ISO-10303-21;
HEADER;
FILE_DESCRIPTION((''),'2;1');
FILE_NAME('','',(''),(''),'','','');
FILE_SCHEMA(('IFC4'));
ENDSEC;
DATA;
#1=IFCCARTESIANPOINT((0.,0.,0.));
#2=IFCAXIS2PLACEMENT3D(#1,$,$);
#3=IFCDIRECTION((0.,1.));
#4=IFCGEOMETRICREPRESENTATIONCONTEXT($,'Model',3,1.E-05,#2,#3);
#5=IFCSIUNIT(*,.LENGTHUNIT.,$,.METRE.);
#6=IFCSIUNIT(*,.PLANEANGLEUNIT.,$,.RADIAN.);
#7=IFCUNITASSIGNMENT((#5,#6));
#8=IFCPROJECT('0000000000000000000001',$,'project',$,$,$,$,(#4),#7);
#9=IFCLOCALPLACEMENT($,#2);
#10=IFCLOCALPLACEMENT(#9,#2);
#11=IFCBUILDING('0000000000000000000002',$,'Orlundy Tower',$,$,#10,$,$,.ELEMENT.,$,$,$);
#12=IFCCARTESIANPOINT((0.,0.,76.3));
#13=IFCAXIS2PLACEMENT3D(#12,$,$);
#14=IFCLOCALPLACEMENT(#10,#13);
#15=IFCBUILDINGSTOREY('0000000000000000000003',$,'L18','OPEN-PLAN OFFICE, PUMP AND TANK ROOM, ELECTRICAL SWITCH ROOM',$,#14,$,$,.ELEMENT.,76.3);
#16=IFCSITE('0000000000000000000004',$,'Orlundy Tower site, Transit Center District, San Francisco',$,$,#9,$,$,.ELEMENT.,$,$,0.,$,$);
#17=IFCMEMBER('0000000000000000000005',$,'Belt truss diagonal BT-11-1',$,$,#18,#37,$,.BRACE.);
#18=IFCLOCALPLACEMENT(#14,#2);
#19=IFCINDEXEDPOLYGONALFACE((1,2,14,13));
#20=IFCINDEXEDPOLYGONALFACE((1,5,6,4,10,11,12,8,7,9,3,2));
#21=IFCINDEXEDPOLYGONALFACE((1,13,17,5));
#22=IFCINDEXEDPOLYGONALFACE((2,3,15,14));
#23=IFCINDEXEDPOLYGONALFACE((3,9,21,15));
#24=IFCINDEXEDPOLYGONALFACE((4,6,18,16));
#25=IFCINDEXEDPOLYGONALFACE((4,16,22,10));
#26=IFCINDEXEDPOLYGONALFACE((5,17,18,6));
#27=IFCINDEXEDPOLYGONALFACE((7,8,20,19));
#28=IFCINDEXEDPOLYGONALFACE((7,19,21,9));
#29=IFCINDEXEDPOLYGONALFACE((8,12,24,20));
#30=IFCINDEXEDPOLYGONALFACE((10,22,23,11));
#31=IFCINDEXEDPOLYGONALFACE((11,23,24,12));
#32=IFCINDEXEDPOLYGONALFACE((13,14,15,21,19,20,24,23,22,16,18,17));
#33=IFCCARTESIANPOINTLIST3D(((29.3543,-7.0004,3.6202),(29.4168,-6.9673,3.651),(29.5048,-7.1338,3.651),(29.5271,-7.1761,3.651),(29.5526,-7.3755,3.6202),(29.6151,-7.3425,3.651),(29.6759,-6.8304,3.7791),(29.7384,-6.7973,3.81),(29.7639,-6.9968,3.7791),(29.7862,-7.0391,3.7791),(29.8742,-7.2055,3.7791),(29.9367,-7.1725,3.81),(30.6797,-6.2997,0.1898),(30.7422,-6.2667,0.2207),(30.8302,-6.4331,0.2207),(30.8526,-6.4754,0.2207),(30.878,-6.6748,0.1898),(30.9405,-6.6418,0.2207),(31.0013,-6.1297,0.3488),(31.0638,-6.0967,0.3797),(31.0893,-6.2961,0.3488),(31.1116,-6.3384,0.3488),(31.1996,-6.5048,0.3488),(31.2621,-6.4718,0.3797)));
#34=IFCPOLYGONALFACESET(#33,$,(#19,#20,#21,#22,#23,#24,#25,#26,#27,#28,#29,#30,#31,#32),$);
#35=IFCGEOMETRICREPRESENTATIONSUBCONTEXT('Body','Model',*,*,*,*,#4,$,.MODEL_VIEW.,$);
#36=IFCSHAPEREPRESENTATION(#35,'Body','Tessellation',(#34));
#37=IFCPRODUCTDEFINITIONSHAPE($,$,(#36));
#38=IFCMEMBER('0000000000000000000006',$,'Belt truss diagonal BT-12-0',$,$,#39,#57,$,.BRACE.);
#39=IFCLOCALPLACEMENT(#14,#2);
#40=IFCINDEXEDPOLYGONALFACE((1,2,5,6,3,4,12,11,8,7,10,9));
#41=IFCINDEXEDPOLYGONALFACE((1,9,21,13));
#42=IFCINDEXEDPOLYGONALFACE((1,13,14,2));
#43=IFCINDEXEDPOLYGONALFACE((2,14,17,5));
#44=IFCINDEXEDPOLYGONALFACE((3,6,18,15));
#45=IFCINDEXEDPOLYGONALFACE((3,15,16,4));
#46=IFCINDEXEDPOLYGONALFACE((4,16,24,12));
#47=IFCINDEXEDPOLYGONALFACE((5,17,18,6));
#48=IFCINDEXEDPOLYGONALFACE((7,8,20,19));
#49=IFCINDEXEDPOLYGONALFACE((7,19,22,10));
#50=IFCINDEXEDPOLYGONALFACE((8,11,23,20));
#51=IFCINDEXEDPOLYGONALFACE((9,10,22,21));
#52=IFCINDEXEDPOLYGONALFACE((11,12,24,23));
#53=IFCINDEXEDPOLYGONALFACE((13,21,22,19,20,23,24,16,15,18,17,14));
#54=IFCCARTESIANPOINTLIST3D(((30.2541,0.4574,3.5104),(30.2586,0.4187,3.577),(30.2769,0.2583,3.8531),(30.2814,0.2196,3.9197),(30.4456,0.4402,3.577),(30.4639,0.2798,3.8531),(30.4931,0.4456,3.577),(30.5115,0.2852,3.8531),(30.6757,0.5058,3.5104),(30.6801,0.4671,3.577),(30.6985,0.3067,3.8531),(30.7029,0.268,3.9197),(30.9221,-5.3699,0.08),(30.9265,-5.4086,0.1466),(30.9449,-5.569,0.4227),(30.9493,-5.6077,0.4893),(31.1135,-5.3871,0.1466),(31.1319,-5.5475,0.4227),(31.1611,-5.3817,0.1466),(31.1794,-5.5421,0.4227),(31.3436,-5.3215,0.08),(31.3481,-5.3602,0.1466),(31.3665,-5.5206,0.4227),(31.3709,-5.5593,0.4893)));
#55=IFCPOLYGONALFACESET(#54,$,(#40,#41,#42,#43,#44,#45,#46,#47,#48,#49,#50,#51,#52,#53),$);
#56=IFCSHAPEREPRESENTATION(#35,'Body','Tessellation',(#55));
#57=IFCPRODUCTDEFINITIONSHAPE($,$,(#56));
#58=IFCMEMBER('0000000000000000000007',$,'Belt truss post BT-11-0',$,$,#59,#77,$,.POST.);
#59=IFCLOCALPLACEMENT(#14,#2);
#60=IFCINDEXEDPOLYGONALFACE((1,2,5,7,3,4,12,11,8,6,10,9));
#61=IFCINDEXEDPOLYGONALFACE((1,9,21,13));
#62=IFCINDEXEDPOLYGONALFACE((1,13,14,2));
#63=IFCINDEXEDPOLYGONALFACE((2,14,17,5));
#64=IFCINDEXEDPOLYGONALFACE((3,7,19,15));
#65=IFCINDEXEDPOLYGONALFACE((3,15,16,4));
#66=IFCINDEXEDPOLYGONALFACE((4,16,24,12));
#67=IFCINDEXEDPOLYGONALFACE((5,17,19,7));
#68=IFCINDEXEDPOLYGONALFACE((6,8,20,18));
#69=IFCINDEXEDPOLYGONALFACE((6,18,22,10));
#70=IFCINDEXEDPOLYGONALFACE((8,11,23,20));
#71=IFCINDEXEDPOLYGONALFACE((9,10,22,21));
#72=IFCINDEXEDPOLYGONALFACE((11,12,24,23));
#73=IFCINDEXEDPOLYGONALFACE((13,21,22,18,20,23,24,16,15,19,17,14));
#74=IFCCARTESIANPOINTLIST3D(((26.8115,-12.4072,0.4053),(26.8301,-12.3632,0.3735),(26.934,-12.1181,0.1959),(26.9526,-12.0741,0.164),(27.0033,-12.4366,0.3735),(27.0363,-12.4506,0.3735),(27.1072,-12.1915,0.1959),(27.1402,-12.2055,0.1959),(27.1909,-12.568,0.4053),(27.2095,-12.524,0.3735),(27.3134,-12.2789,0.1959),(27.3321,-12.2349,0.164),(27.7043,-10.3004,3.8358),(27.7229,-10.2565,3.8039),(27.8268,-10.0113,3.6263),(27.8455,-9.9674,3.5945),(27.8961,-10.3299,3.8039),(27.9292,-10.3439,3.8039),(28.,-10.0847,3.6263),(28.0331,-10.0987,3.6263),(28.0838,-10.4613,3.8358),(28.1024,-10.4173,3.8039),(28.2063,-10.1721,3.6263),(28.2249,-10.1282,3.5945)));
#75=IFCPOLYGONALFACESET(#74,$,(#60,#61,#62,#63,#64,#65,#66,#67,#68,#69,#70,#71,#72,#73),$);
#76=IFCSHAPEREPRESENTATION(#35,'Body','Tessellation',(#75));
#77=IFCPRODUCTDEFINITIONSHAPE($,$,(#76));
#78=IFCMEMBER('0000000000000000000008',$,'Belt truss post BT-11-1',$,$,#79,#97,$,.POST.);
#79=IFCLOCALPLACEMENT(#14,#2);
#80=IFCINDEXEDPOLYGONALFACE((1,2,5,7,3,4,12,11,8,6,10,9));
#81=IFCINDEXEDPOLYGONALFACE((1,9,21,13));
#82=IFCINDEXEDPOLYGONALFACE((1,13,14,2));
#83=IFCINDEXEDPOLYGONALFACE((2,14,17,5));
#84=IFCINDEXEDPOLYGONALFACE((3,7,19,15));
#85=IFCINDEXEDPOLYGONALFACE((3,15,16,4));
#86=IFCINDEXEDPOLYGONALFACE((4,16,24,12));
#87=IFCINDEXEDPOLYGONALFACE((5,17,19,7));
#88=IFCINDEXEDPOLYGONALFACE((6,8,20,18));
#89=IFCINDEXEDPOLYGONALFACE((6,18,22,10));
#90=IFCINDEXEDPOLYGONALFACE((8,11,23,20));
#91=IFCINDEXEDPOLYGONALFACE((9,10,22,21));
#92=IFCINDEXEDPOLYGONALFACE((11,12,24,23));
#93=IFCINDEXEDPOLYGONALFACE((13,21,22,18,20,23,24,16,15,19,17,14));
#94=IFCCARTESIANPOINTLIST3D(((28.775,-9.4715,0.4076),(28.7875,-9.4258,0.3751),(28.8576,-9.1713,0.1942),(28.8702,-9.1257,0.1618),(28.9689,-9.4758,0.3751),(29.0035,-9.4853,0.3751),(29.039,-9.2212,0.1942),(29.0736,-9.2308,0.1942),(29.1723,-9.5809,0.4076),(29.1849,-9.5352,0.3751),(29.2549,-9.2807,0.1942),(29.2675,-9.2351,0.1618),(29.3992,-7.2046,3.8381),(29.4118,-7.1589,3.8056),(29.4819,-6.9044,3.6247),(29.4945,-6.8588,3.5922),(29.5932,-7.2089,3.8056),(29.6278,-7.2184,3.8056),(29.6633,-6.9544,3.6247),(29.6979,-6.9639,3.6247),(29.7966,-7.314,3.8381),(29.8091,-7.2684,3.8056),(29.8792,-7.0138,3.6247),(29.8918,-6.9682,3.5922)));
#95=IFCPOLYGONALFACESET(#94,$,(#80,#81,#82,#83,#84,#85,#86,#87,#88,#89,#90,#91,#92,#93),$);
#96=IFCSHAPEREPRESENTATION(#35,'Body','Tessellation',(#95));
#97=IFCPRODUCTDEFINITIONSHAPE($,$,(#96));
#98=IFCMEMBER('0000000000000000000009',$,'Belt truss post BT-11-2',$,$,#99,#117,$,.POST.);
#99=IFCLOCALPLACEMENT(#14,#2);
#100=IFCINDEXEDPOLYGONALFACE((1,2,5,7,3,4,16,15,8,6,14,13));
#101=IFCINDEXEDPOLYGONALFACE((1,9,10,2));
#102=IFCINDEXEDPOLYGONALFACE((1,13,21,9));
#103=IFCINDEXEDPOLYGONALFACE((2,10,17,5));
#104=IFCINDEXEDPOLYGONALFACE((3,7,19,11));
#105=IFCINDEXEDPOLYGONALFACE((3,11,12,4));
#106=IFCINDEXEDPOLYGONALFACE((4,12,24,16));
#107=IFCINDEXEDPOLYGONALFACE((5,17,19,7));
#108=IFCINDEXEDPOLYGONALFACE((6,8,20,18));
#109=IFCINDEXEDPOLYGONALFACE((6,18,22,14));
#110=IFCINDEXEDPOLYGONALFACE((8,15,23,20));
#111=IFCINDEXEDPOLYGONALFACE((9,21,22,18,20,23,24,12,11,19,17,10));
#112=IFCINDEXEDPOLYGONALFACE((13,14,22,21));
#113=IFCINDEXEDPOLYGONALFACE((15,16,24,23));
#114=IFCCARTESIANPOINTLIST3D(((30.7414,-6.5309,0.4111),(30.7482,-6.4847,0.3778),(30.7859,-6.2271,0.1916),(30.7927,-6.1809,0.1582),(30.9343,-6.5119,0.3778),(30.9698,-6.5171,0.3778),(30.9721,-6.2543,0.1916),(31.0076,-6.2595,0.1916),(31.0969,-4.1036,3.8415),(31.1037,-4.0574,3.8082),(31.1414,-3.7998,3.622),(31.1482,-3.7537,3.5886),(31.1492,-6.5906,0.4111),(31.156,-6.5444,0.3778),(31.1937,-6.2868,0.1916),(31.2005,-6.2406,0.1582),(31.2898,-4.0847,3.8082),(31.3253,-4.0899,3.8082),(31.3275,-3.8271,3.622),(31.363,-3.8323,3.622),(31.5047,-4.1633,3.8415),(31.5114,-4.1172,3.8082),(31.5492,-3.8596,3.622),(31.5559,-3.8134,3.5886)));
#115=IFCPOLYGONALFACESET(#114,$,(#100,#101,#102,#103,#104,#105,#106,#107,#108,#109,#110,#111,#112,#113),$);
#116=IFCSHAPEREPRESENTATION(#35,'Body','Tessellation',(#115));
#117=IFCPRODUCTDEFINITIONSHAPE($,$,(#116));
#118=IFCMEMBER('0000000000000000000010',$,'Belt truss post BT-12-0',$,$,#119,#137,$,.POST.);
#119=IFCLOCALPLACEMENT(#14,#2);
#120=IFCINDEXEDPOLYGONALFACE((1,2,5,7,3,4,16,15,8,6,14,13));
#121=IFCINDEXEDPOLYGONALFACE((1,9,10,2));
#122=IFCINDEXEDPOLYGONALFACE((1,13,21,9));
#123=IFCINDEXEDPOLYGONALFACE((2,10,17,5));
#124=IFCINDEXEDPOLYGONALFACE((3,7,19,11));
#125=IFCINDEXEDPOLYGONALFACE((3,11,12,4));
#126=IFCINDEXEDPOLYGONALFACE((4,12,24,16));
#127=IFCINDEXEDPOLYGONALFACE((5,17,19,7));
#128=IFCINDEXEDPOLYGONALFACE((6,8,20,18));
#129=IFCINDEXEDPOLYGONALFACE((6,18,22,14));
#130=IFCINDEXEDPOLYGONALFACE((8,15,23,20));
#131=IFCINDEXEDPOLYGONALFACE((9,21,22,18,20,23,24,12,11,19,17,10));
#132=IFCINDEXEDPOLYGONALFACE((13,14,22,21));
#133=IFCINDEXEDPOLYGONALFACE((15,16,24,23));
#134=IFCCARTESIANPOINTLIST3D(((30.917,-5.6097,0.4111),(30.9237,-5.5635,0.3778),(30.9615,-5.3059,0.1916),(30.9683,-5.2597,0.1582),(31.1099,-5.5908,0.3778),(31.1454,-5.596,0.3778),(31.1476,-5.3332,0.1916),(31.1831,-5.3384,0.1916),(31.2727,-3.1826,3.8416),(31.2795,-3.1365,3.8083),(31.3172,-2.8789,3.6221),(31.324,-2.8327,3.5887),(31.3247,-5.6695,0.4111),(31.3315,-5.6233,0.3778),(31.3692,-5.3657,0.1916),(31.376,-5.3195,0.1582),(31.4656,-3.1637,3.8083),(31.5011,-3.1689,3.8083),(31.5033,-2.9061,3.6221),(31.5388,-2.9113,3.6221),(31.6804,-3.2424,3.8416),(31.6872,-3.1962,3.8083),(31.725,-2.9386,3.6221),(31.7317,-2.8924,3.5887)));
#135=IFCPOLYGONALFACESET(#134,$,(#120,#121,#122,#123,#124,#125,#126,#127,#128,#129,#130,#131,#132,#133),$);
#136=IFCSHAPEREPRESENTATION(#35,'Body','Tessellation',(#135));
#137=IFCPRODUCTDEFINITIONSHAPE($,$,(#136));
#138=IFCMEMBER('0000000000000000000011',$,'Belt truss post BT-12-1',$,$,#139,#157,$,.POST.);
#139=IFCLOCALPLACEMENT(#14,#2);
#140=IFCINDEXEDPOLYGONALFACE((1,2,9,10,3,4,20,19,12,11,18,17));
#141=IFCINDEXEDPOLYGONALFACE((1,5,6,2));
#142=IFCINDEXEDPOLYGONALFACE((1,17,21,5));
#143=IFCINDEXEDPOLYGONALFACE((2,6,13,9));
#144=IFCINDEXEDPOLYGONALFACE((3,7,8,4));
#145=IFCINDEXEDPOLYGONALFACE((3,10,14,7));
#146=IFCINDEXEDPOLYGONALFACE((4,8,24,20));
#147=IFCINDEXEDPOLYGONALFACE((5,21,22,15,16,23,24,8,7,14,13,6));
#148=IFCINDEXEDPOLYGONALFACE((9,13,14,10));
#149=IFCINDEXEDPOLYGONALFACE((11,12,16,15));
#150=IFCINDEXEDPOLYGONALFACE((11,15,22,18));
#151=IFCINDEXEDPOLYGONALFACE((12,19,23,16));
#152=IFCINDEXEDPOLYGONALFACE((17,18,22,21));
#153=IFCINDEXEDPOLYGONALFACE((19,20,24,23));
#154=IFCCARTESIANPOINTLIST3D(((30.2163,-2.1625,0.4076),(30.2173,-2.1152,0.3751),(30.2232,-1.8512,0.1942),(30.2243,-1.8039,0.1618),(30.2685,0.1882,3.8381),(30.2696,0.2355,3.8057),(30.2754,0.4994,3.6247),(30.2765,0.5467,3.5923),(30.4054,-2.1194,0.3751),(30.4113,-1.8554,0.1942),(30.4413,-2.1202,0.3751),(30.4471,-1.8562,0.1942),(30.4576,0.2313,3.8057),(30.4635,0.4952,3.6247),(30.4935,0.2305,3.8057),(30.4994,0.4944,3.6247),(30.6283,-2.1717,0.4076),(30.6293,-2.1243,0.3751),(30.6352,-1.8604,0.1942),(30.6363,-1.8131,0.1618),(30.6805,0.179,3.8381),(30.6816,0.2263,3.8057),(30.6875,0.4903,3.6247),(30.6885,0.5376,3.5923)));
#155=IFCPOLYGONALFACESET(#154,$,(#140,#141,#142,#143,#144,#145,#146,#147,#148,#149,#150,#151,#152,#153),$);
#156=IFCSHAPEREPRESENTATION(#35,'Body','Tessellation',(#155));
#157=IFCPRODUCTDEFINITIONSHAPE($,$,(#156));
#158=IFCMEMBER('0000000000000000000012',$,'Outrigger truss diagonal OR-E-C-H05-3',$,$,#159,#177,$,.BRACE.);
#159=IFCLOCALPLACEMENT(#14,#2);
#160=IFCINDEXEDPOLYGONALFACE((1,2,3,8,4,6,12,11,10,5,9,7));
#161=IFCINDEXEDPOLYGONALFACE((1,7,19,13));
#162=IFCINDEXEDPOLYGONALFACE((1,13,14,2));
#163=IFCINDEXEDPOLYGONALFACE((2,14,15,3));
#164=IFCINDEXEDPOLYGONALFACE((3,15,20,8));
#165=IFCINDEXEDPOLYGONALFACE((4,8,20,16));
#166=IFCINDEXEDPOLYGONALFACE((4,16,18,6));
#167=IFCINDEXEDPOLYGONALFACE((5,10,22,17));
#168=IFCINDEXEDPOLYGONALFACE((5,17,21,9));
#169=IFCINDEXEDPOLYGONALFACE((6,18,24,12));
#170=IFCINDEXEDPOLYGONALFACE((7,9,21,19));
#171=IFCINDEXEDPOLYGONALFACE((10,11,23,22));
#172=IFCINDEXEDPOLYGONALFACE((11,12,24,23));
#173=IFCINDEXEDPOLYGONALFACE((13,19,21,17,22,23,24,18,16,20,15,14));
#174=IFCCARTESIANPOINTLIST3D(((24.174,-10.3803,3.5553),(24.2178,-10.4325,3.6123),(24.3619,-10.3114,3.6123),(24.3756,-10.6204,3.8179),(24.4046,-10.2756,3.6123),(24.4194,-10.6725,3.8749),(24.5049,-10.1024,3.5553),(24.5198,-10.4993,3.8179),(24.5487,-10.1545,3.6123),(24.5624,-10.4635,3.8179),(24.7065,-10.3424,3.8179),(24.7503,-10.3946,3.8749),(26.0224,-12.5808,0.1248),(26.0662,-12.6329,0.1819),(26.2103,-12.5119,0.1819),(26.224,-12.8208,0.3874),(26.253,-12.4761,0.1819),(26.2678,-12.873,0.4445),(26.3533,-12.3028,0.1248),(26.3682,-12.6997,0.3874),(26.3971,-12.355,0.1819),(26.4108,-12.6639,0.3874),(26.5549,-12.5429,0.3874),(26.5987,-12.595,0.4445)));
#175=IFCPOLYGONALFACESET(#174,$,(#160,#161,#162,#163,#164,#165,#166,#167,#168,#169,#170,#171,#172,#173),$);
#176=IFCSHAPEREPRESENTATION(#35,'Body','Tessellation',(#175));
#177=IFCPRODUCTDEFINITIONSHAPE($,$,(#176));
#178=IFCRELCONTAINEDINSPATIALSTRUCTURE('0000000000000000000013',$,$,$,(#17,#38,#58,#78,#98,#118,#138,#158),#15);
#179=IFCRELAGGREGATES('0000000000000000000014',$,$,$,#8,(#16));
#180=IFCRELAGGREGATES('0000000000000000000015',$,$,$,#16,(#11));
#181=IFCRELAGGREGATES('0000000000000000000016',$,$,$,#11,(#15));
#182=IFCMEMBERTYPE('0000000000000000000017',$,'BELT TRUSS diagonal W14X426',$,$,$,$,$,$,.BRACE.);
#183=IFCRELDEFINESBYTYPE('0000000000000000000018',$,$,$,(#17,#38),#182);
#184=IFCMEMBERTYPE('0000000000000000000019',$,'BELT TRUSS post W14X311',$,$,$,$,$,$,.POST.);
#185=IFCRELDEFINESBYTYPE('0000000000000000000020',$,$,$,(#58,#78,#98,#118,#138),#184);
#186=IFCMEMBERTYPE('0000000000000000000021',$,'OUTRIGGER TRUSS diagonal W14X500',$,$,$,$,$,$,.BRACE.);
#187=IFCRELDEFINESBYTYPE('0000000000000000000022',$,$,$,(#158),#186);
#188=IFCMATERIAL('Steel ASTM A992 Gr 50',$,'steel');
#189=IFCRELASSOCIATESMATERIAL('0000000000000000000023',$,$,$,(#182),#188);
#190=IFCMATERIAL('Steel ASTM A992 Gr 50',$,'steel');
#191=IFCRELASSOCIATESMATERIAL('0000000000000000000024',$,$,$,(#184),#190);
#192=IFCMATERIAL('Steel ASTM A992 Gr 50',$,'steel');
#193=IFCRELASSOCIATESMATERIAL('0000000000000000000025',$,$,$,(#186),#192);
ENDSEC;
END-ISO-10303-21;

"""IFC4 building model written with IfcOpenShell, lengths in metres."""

from ifc_helpers import new_model, si_unit, direction, frame, origin, origin_2d, place, context, subcontext, project, spatial, i_section, extrude, material, material_profile, profile_set, type_object, element, save


model = new_model("IFC4")

# Units and contexts
model_context = context("Model", 3, precision=1e-05, world=origin(), true_north=direction((0.0, 1.0)))
body_context = subcontext(model_context, "Body", "Model", "MODEL_VIEW")
ifc_project = project(units=[si_unit("LENGTHUNIT", "METRE"), si_unit("PLANEANGLEUNIT", "RADIAN")], contexts=[model_context])

# Site, building, storey
site_placement = place(None, origin())
site = spatial("IfcSite", under=ifc_project, at=site_placement, Name="Orlundy Tower site, Transit Center District, San Francisco", CompositionType="ELEMENT", RefElevation=0.0)
building_placement = place(site_placement, origin())
building = spatial("IfcBuilding", under=site, at=building_placement, Name="Orlundy Tower", CompositionType="ELEMENT")
storey_placement = place(building_placement, frame((0.0, 0.0, 76.3)))
storey = spatial("IfcBuildingStorey", under=building, at=storey_placement, Name="L18", Description="OPEN-PLAN OFFICE, PUMP AND TANK ROOM, ELECTRICAL SWITCH ROOM", CompositionType="ELEMENT", Elevation=76.3)

# Members
ifc_material_1 = material(Name="Steel ASTM A992 Gr 50", Category="steel")
ifc_material_profile_1 = material_profile(ifc_material_1, i_section(OverallWidth=0.4243, OverallDepth=0.4741, WebThickness=0.0479, FlangeThickness=0.0771, at=origin_2d()), Name="W14X426")
ifc_profile_set_1 = profile_set([ifc_material_profile_1], Name="Steel ASTM A992 Gr 50")
member_type_1 = type_object("IfcMemberType", Name="BELT TRUSS diagonal W14X426", PredefinedType="BRACE", material=ifc_profile_set_1)
member_1_placement = place(storey_placement, frame((29.6455, -7.0864, 3.7151), z_axis=(0.354042, 0.187162, -0.91631), x_axis=(-0.467356, 0.884069, 0.0)))
element("IfcMember", 1, at=member_1_placement, inside=storey, type_object=member_type_1, Name="Belt truss diagonal BT-11-1", PredefinedType="BRACE", context=body_context, shape_type="SweptSolid", body=[
    extrude(i_section(OverallWidth=0.4243, OverallDepth=0.4741, WebThickness=0.0479, FlangeThickness=0.0771, at=origin_2d()), origin(), (0.0, 0.0, 1.0), 3.7437),
])
member_2_placement = place(storey_placement, frame((31.1465, -5.4646, 0.2847), z_axis=(-0.098303, 0.857596, 0.504842), x_axis=(-0.993495, -0.11388, 0.0)))
element("IfcMember", 2, at=member_2_placement, inside=storey, type_object=member_type_1, Name="Belt truss diagonal BT-12-0", PredefinedType="BRACE", context=body_context, shape_type="SweptSolid", body=[
    extrude(i_section(OverallWidth=0.4243, OverallDepth=0.4741, WebThickness=0.0479, FlangeThickness=0.0771, at=origin_2d()), origin(), (0.0, 0.0, 1.0), 6.7949),
])
ifc_material_2 = material(Name="Steel ASTM A992 Gr 50", Category="steel")
ifc_material_profile_2 = material_profile(ifc_material_2, i_section(OverallWidth=0.4121, OverallDepth=0.4348, WebThickness=0.0359, FlangeThickness=0.0574, at=origin_2d()), Name="W14X311")
ifc_profile_set_2 = profile_set([ifc_material_profile_2], Name="Steel ASTM A992 Gr 50")
member_type_2 = type_object("IfcMemberType", Name="BELT TRUSS post W14X311", PredefinedType="POST", material=ifc_profile_set_2)
member_3_placement = place(storey_placement, frame((27.0718, -12.321, 0.2847), z_axis=(0.216522, 0.510901, 0.831924), x_axis=(-0.920727, 0.390207, 0.0)))
element("IfcMember", 3, at=member_3_placement, inside=storey, type_object=member_type_2, Name="Belt truss post BT-11-0", PredefinedType="POST", context=body_context, shape_type="SweptSolid", body=[
    extrude(i_section(OverallWidth=0.4121, OverallDepth=0.4348, WebThickness=0.0359, FlangeThickness=0.0574, at=origin_2d()), origin(), (0.0, 0.0, 1.0), 4.1235),
])
member_4_placement = place(storey_placement, frame((29.0212, -9.3533, 0.2847), z_axis=(0.150106, 0.545065, 0.824847), x_axis=(-0.964109, 0.265506, 0.0)))
element("IfcMember", 4, at=member_4_placement, inside=storey, type_object=member_type_2, Name="Belt truss post BT-11-1", PredefinedType="POST", context=body_context, shape_type="SweptSolid", body=[
    extrude(i_section(OverallWidth=0.4121, OverallDepth=0.4348, WebThickness=0.0359, FlangeThickness=0.0574, at=origin_2d()), origin(), (0.0, 0.0, 1.0), 4.1589),
])
for number, where, z_axis, x_axis, name in (
    (5, (30.9709, -6.3857, 0.2847), (0.084288, 0.575544, 0.813415), (-0.989446, 0.144904, 0.0), "Belt truss post BT-11-2"),
    (6, (31.1465, -5.4646, 0.2847), (0.084348, 0.575503, 0.813438), (-0.989429, 0.145015, 0.0), "Belt truss post BT-12-0"),
):
    element("IfcMember", number, at=place(storey_placement, frame(where, z_axis=z_axis, x_axis=x_axis)), inside=storey, type_object=member_type_2, Name=name, PredefinedType="POST", context=body_context, shape_type="SweptSolid", body=[
        extrude(i_section(OverallWidth=0.4121, OverallDepth=0.4348, WebThickness=0.0359, FlangeThickness=0.0574, at=origin_2d()), origin(), (0.0, 0.0, 1.0), 4.2173),
    ])
member_5_placement = place(storey_placement, frame((30.4263, -1.9878, 0.2847), z_axis=(0.012563, 0.565205, 0.824855), x_axis=(-0.999753, 0.022221, 0.0)))
element("IfcMember", 7, at=member_5_placement, inside=storey, type_object=member_type_2, Name="Belt truss post BT-12-1", PredefinedType="POST", context=body_context, shape_type="SweptSolid", body=[
    extrude(i_section(OverallWidth=0.4121, OverallDepth=0.4348, WebThickness=0.0359, FlangeThickness=0.0574, at=origin_2d()), origin(), (0.0, 0.0, 1.0), 4.1589),
])
ifc_material_3 = material(Name="Steel ASTM A992 Gr 50", Category="steel")
ifc_material_profile_3 = material_profile(ifc_material_3, i_section(OverallWidth=0.4321, OverallDepth=0.4978, WebThickness=0.0557, FlangeThickness=0.0889, at=origin_2d()), Name="W14X500")
ifc_profile_set_3 = profile_set([ifc_material_profile_3], Name="Steel ASTM A992 Gr 50")
member_type_3 = type_object("IfcMemberType", Name="OUTRIGGER TRUSS diagonal W14X500", PredefinedType="BRACE", material=ifc_profile_set_3)
member_6_placement = place(storey_placement, frame((24.4622, -10.3875, 3.7151), z_axis=(0.413041, -0.491711, -0.766562), x_axis=(0.765702, 0.643196, 0.0)))
element("IfcMember", 8, at=member_6_placement, inside=storey, type_object=member_type_3, Name="Outrigger truss diagonal OR-E-C-H05-3", PredefinedType="BRACE", context=body_context, shape_type="SweptSolid", body=[
    extrude(i_section(OverallWidth=0.4321, OverallDepth=0.4978, WebThickness=0.0557, FlangeThickness=0.0889, at=origin_2d()), origin(), (0.0, 0.0, 1.0), 4.4751),
])

save(model, "model.ifc")
